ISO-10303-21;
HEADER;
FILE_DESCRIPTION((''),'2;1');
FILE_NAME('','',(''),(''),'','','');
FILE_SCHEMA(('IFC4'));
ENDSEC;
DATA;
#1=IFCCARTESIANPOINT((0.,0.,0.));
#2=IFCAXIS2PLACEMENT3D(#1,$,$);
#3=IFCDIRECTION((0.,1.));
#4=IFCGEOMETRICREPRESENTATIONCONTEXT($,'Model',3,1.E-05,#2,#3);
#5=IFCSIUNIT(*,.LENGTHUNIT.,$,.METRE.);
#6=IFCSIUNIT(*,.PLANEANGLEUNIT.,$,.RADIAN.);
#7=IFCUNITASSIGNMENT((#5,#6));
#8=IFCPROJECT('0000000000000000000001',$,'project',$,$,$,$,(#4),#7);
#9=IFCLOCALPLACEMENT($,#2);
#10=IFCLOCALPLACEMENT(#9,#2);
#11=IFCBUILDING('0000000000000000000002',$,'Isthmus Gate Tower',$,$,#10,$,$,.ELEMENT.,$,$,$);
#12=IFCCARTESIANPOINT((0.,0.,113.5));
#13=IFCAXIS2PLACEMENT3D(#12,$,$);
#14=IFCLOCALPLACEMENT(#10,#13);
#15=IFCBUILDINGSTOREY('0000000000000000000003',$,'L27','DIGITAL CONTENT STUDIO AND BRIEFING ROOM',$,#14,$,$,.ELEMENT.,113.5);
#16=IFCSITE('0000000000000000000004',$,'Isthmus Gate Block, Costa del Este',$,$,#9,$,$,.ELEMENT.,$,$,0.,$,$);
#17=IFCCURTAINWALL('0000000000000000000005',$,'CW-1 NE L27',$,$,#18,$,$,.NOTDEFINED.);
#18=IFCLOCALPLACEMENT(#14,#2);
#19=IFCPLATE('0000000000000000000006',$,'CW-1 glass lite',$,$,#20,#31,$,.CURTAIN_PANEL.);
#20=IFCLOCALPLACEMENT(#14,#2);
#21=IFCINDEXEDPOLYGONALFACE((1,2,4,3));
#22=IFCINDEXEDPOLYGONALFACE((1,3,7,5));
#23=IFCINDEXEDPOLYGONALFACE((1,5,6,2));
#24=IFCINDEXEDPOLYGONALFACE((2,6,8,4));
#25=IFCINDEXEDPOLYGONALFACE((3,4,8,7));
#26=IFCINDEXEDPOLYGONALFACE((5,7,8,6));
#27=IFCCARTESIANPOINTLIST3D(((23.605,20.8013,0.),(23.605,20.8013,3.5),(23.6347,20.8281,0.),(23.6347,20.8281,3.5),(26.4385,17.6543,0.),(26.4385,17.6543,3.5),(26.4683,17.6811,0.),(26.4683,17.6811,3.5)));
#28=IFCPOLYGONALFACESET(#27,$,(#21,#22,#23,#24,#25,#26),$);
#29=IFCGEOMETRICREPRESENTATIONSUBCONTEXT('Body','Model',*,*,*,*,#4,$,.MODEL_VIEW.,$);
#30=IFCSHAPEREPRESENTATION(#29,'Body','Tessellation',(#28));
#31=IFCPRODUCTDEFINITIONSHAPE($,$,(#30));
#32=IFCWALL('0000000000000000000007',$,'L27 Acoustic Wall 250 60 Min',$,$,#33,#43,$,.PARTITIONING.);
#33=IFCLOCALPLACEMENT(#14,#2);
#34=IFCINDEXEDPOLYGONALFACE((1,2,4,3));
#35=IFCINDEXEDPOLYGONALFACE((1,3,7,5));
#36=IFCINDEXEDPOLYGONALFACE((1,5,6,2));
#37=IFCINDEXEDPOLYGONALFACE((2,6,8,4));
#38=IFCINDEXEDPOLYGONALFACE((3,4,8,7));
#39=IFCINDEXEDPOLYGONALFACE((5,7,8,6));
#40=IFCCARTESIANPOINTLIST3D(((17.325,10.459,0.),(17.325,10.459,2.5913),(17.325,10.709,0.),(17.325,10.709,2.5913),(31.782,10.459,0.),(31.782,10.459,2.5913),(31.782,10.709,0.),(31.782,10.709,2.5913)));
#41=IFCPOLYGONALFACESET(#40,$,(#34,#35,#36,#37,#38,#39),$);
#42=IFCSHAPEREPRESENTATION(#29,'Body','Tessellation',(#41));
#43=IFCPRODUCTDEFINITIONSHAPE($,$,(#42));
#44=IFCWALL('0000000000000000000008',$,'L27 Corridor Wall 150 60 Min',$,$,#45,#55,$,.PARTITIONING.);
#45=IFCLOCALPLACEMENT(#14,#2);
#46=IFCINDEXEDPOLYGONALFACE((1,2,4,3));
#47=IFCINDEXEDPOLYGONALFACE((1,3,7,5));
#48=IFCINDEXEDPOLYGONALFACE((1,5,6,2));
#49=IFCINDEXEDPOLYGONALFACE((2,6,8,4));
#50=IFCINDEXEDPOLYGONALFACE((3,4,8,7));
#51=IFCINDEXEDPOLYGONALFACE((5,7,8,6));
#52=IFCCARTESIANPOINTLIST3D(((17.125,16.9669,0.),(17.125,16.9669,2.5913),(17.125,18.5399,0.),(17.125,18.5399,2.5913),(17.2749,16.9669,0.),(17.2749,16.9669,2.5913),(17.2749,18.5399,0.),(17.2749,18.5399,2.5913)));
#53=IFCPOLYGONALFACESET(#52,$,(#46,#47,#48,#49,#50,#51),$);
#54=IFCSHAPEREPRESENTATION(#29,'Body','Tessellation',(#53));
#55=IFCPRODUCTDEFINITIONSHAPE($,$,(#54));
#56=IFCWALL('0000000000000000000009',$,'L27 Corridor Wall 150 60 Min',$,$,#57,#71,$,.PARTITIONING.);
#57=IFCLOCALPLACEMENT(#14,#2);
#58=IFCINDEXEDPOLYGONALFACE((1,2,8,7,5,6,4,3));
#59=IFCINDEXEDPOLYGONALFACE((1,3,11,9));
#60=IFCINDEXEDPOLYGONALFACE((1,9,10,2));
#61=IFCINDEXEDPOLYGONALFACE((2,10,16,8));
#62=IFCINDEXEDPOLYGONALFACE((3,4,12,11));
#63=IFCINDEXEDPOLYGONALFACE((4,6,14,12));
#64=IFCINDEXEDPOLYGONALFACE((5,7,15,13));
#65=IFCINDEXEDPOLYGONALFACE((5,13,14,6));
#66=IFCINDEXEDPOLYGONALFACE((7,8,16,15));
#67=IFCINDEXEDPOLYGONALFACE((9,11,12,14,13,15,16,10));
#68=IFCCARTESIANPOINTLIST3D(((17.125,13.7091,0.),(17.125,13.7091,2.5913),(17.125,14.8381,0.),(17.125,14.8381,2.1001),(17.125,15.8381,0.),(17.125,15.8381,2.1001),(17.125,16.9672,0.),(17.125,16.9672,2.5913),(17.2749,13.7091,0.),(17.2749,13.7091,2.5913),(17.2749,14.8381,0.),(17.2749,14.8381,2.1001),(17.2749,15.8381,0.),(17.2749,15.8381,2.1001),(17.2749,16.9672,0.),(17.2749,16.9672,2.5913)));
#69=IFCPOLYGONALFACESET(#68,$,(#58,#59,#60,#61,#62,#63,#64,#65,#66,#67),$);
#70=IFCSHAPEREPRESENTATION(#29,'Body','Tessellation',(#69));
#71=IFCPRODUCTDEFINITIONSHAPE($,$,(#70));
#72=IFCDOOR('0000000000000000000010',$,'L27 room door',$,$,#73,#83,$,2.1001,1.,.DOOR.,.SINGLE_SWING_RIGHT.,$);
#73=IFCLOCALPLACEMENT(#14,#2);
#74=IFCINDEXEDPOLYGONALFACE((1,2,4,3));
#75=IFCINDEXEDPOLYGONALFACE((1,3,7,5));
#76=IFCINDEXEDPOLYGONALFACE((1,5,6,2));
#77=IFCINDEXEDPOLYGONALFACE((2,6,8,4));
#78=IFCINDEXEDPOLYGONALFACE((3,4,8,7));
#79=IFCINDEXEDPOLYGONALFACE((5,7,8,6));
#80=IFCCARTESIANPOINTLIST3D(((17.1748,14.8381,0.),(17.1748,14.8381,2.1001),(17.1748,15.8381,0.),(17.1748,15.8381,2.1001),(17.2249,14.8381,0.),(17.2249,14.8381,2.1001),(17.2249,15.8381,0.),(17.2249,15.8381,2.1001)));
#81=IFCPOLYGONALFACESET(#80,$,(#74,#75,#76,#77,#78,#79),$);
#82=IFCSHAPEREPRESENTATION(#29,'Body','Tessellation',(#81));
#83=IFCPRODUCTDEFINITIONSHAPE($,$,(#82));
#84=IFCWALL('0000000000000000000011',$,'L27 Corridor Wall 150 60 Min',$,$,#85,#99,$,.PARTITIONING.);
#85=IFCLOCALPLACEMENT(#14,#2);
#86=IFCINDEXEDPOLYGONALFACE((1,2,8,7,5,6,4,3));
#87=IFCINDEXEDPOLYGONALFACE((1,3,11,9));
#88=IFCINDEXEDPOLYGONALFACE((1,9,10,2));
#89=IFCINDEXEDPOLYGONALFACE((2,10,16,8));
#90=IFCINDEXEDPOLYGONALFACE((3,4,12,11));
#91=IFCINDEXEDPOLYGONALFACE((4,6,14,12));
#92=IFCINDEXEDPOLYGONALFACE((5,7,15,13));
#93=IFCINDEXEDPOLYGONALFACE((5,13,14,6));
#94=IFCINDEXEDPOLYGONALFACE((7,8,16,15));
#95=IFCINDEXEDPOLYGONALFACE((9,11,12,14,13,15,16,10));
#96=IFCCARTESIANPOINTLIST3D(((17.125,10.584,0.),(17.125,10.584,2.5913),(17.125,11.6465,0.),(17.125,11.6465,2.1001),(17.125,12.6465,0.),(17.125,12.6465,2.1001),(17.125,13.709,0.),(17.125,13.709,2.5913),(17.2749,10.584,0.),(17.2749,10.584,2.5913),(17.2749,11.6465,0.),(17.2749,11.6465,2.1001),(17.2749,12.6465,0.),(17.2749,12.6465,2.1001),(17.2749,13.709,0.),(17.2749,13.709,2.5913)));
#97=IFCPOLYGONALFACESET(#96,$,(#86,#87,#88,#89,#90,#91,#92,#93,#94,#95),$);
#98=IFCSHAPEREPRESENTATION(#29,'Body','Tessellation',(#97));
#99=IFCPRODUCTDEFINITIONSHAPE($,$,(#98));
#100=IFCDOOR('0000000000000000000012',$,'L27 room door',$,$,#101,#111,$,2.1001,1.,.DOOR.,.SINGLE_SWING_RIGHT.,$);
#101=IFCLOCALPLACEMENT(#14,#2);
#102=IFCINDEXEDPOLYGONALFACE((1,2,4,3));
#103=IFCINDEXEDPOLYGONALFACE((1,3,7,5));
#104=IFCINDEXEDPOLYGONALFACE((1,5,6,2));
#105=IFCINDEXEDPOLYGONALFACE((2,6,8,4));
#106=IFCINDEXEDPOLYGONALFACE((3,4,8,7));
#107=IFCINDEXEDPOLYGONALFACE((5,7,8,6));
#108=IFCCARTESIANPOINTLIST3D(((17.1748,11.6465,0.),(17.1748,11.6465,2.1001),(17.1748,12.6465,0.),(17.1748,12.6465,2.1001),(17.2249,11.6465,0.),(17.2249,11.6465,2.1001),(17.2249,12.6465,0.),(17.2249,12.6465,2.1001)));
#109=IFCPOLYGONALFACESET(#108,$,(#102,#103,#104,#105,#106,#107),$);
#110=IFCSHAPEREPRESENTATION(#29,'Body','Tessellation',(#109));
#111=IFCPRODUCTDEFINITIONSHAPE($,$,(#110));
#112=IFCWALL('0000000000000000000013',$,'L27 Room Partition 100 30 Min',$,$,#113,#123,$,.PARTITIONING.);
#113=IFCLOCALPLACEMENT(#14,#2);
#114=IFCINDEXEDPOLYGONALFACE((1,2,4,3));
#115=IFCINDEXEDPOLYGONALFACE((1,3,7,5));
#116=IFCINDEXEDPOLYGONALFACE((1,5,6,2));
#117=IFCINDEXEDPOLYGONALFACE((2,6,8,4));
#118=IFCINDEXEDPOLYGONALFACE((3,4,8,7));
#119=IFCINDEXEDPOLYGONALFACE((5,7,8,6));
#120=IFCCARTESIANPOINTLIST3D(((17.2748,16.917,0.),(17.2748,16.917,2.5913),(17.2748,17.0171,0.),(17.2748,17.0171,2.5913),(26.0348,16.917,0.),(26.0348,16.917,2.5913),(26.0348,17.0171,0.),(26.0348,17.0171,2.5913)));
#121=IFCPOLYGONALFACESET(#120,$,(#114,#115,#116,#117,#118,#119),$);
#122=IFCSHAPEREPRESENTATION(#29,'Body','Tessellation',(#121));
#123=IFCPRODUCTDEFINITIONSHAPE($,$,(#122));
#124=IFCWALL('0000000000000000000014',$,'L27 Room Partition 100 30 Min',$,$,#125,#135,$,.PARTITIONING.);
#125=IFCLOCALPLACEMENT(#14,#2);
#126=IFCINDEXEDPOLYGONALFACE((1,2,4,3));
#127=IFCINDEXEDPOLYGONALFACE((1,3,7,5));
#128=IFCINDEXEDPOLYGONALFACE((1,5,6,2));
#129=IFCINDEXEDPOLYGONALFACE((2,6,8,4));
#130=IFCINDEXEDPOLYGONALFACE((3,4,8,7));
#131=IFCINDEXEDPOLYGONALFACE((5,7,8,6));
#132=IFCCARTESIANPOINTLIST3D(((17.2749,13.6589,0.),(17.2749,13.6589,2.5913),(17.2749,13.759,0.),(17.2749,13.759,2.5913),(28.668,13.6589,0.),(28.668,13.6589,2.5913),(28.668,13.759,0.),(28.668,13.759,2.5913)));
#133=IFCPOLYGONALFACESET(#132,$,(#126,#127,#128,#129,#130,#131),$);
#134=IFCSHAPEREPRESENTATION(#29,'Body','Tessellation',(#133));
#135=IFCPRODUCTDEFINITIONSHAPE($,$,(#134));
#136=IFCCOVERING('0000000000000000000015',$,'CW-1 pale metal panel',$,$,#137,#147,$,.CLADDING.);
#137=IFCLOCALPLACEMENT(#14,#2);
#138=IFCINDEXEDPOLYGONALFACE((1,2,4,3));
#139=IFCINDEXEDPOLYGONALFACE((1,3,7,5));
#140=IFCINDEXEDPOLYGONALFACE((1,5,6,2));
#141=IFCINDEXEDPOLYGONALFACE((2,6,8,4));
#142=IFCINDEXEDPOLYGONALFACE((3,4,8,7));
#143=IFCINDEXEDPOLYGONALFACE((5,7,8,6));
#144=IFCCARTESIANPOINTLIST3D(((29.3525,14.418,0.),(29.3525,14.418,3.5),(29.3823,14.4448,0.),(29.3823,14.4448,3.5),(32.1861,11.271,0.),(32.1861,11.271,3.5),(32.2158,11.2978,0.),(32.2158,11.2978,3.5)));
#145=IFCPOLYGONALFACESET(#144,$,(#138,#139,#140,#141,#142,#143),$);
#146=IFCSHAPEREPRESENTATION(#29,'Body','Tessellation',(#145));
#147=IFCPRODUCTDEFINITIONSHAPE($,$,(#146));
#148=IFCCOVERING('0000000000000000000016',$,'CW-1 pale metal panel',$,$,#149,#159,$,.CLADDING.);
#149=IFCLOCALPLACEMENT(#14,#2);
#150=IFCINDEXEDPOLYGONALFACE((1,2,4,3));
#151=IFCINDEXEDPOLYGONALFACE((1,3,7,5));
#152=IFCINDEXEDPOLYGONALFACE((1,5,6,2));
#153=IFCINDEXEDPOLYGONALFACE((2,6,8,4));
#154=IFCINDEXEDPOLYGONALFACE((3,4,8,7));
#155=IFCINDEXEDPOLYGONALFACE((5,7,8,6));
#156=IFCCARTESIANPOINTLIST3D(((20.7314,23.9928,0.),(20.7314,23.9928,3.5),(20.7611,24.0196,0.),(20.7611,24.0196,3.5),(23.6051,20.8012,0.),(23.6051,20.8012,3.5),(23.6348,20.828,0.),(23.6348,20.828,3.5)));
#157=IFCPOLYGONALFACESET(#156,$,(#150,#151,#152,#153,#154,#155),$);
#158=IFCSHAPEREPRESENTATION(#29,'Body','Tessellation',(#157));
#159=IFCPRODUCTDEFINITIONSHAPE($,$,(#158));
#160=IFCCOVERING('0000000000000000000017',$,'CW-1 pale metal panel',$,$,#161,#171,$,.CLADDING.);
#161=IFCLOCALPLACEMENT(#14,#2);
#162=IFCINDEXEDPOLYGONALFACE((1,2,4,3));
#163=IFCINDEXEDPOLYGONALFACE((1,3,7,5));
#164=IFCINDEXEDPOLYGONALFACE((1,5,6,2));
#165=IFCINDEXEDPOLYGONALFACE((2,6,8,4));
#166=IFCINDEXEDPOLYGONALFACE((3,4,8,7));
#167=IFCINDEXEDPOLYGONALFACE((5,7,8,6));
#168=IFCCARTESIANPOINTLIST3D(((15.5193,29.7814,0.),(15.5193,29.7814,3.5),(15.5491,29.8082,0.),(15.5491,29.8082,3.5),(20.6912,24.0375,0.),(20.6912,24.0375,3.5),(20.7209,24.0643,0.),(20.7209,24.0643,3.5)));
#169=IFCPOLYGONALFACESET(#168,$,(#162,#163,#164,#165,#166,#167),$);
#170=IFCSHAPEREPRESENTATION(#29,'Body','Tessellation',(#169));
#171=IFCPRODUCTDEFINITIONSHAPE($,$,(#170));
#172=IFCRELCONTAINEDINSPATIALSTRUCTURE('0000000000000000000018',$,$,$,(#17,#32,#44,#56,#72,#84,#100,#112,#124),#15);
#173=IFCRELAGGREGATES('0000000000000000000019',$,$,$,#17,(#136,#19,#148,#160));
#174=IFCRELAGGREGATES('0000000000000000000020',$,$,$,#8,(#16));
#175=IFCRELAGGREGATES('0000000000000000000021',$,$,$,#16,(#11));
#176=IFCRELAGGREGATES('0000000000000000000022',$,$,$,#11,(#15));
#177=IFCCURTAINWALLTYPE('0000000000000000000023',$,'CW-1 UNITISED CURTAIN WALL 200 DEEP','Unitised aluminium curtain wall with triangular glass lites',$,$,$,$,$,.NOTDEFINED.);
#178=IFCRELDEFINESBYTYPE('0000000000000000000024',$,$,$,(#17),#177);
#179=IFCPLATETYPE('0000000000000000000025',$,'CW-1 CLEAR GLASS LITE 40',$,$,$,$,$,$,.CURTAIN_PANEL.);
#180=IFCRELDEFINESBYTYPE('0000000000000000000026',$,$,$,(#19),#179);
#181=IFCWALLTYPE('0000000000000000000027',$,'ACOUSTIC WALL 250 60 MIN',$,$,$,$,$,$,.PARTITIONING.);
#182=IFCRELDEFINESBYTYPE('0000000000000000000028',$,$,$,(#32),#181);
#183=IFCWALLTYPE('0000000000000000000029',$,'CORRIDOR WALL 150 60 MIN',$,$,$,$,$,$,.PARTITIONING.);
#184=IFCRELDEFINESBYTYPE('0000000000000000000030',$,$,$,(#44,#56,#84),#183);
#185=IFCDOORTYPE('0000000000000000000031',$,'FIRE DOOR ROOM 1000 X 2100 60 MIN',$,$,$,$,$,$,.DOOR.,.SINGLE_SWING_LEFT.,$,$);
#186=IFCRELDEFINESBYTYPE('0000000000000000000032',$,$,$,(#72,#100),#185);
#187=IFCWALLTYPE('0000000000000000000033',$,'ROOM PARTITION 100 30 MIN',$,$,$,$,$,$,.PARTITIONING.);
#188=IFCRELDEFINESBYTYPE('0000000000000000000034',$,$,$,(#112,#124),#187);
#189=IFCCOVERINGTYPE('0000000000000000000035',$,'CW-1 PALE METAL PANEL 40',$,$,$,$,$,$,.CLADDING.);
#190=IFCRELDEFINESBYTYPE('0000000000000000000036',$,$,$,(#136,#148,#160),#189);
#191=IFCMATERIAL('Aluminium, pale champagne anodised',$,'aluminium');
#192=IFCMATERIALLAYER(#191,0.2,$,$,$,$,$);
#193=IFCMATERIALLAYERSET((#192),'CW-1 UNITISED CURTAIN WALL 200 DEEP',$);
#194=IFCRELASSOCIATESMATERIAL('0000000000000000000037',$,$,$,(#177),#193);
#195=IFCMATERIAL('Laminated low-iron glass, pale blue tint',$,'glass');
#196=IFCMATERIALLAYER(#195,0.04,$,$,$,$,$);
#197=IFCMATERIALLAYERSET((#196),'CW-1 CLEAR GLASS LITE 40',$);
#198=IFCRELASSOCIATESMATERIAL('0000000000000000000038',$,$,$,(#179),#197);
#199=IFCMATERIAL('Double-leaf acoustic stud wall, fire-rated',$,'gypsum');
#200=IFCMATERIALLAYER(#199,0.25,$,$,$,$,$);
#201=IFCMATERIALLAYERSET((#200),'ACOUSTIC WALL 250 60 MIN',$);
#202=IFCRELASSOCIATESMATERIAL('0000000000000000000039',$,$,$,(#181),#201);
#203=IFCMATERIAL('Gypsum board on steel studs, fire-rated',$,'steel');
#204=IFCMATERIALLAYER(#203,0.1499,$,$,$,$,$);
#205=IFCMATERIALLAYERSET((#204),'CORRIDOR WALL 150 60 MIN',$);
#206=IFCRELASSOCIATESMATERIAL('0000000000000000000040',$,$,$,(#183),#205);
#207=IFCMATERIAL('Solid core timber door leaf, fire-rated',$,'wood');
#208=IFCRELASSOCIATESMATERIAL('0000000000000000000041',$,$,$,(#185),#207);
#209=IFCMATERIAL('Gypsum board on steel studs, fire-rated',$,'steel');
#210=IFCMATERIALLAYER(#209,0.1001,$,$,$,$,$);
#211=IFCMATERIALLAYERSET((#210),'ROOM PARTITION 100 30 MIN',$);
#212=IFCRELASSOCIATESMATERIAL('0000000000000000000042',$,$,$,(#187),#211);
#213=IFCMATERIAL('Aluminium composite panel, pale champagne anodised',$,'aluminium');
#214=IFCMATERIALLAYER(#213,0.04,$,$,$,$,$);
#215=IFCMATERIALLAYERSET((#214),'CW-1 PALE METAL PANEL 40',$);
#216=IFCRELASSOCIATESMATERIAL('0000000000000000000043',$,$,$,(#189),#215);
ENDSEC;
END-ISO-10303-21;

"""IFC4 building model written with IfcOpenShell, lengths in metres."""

from ifc_helpers import new_model, si_unit, direction, frame, frame_2d, origin, origin_2d, place, context, subcontext, project, spatial, rectangle, extrude, material, layer, layer_set, type_object, element, fill, aggregate, save


model = new_model("IFC4")

# Units and contexts
model_context = context("Model", 3, precision=1e-05, world=origin(), true_north=direction((0.0, 1.0)))
body_context = subcontext(model_context, "Body", "Model", "MODEL_VIEW")
ifc_project = project(units=[si_unit("LENGTHUNIT", "METRE"), si_unit("PLANEANGLEUNIT", "RADIAN")], contexts=[model_context])

# Site, building, storey
site_placement = place(None, origin())
site = spatial("IfcSite", under=ifc_project, at=site_placement, Name="Isthmus Gate Block, Costa del Este", CompositionType="ELEMENT", RefElevation=0.0)
building_placement = place(site_placement, origin())
building = spatial("IfcBuilding", under=site, at=building_placement, Name="Isthmus Gate Tower", CompositionType="ELEMENT")
storey_placement = place(building_placement, frame((0.0, 0.0, 113.5)))
storey = spatial("IfcBuildingStorey", under=building, at=storey_placement, Name="L27", Description="DIGITAL CONTENT STUDIO AND BRIEFING ROOM", CompositionType="ELEMENT", Elevation=113.5)

# Curtain wall
ifc_material_1 = material(Name="Aluminium, pale champagne anodised", Category="aluminium")
ifc_layer_1 = layer(ifc_material_1, 0.2)
ifc_layer_set_1 = layer_set([ifc_layer_1], Name="CW-1 UNITISED CURTAIN WALL 200 DEEP")
curtain_wall_type = type_object("IfcCurtainWallType", Name="CW-1 UNITISED CURTAIN WALL 200 DEEP", Description="Unitised aluminium curtain wall with triangular glass lites", PredefinedType="NOTDEFINED", material=ifc_layer_set_1)
curtain_wall_placement = place(storey_placement, origin())
curtain_wall = element("IfcCurtainWall", 1, at=curtain_wall_placement, inside=storey, type_object=curtain_wall_type, Name="CW-1 NE L27", PredefinedType="NOTDEFINED")

# Plate
ifc_material_2 = material(Name="Laminated low-iron glass, pale blue tint", Category="glass")
ifc_layer_2 = layer(ifc_material_2, 0.04)
ifc_layer_set_2 = layer_set([ifc_layer_2], Name="CW-1 CLEAR GLASS LITE 40")
plate_type = type_object("IfcPlateType", Name="CW-1 CLEAR GLASS LITE 40", PredefinedType="CURTAIN_PANEL", material=ifc_layer_set_2)
plate_1_placement = place(storey_placement, frame((25.0366, 19.2412, 0.0), z_axis=(0.0, 0.0, 1.0), x_axis=(-0.669131, 0.743145, 0.0)))
plate_1 = element("IfcPlate", 2, at=plate_1_placement, type_object=plate_type, Name="CW-1 glass lite", PredefinedType="CURTAIN_PANEL", context=body_context, shape_type="SweptSolid", body=[
    extrude(rectangle(XDim=4.2346, YDim=0.04, at=origin_2d()), origin(), (0.0, 0.0, 1.0), 3.5),
])

# Walls
ifc_material_3 = material(Name="Double-leaf acoustic stud wall, fire-rated", Category="gypsum")
ifc_layer_3 = layer(ifc_material_3, 0.25)
ifc_layer_set_3 = layer_set([ifc_layer_3], Name="ACOUSTIC WALL 250 60 MIN")
wall_type_1 = type_object("IfcWallType", Name="ACOUSTIC WALL 250 60 MIN", PredefinedType="PARTITIONING", material=ifc_layer_set_3)
wall_1_placement = place(storey_placement, frame((17.325, 10.584, 0.0), z_axis=(0.0, 0.0, 1.0), x_axis=(1.0, 0.0, 0.0)))
element("IfcWall", 3, at=wall_1_placement, inside=storey, type_object=wall_type_1, Name="L27 Acoustic Wall 250 60 Min", PredefinedType="PARTITIONING", context=body_context, shape_type="SweptSolid", body=[
    extrude(rectangle(XDim=14.457, YDim=0.25, at=frame_2d((7.2285, 0.0))), origin(), (0.0, 0.0, 1.0), 2.5913),
])
ifc_material_4 = material(Name="Gypsum board on steel studs, fire-rated", Category="steel")
ifc_layer_4 = layer(ifc_material_4, 0.1499)
ifc_layer_set_4 = layer_set([ifc_layer_4], Name="CORRIDOR WALL 150 60 MIN")
wall_type_2 = type_object("IfcWallType", Name="CORRIDOR WALL 150 60 MIN", PredefinedType="PARTITIONING", material=ifc_layer_set_4)
wall_2_placement = place(storey_placement, frame((17.2, 18.54, 0.0), z_axis=(0.0, 0.0, 1.0), x_axis=(0.0, -1.0, 0.0)))
element("IfcWall", 4, at=wall_2_placement, inside=storey, type_object=wall_type_2, Name="L27 Corridor Wall 150 60 Min", PredefinedType="PARTITIONING", context=body_context, shape_type="SweptSolid", body=[
    extrude(rectangle(XDim=1.573, YDim=0.1499, at=frame_2d((0.7866, 0.0))), origin(), (0.0, 0.0, 1.0), 2.5913),
])

# Walls, openings, doors
wall_3_placement = place(storey_placement, frame((17.2, 16.967, 0.0), z_axis=(0.0, 0.0, 1.0), x_axis=(0.0, -1.0, 0.0)))
wall_3 = element("IfcWall", 5, at=wall_3_placement, inside=storey, type_object=wall_type_2, Name="L27 Corridor Wall 150 60 Min", PredefinedType="PARTITIONING", context=body_context, shape_type="SweptSolid", body=[
    extrude(rectangle(XDim=3.2581, YDim=0.1499, at=frame_2d((1.6289, 0.0))), origin(), (0.0, 0.0, 1.0), 2.5913),
])
opening_1_placement = place(wall_3_placement, frame((1.1289, 0.0, 0.0)))
opening_1 = element("IfcOpeningElement", 6, at=opening_1_placement, cuts=wall_3, PredefinedType="OPENING", context=body_context, shape_type="SweptSolid", body=[
    extrude(rectangle(XDim=1.0, YDim=2.1001, at=frame_2d((0.5, 1.05))), frame((0.0, 0.085, 0.0), z_axis=(0.0, -1.0, 0.0), x_axis=(1.0, 0.0, 0.0)), (0.0, 0.0, 1.0), 0.1699),
])
ifc_material_5 = material(Name="Solid core timber door leaf, fire-rated", Category="wood")
door_type = type_object("IfcDoorType", Name="FIRE DOOR ROOM 1000 X 2100 60 MIN", OperationType="SINGLE_SWING_LEFT", PredefinedType="DOOR", material=ifc_material_5)
door_1_placement = place(opening_1_placement, origin())
door_1 = element("IfcDoor", 7, at=door_1_placement, inside=storey, type_object=door_type, Name="L27 room door", OperationType="SINGLE_SWING_RIGHT", OverallHeight=2.1001, OverallWidth=1.0, PredefinedType="DOOR", context=body_context, shape_type="SweptSolid", body=[
    extrude(rectangle(XDim=1.0, YDim=2.1001, at=frame_2d((0.5, 1.05))), frame((0.0, 0.0249, 0.0), z_axis=(0.0, -1.0, 0.0), x_axis=(1.0, 0.0, 0.0)), (0.0, 0.0, 1.0), 0.05),
])
fill(opening_1, door_1)
wall_4_placement = place(storey_placement, frame((17.2, 13.709, 0.0), z_axis=(0.0, 0.0, 1.0), x_axis=(0.0, -1.0, 0.0)))
wall_4 = element("IfcWall", 8, at=wall_4_placement, inside=storey, type_object=wall_type_2, Name="L27 Corridor Wall 150 60 Min", PredefinedType="PARTITIONING", context=body_context, shape_type="SweptSolid", body=[
    extrude(rectangle(XDim=3.125, YDim=0.1499, at=frame_2d((1.5625, 0.0))), origin(), (0.0, 0.0, 1.0), 2.5913),
])
opening_2_placement = place(wall_4_placement, frame((1.0625, 0.0, 0.0)))
opening_2 = element("IfcOpeningElement", 9, at=opening_2_placement, cuts=wall_4, PredefinedType="OPENING", context=body_context, shape_type="SweptSolid", body=[
    extrude(rectangle(XDim=1.0, YDim=2.1001, at=frame_2d((0.5, 1.05))), frame((0.0, 0.085, 0.0), z_axis=(0.0, -1.0, 0.0), x_axis=(1.0, 0.0, 0.0)), (0.0, 0.0, 1.0), 0.1699),
])
door_2_placement = place(opening_2_placement, origin())
door_2 = element("IfcDoor", 10, at=door_2_placement, inside=storey, type_object=door_type, Name="L27 room door", OperationType="SINGLE_SWING_RIGHT", OverallHeight=2.1001, OverallWidth=1.0, PredefinedType="DOOR", context=body_context, shape_type="SweptSolid", body=[
    extrude(rectangle(XDim=1.0, YDim=2.1001, at=frame_2d((0.5, 1.05))), frame((0.0, 0.0249, 0.0), z_axis=(0.0, -1.0, 0.0), x_axis=(1.0, 0.0, 0.0)), (0.0, 0.0, 1.0), 0.05),
])
fill(opening_2, door_2)

# Walls
ifc_material_6 = material(Name="Gypsum board on steel studs, fire-rated", Category="steel")
ifc_layer_5 = layer(ifc_material_6, 0.1001)
ifc_layer_set_5 = layer_set([ifc_layer_5], Name="ROOM PARTITION 100 30 MIN")
wall_type_3 = type_object("IfcWallType", Name="ROOM PARTITION 100 30 MIN", PredefinedType="PARTITIONING", material=ifc_layer_set_5)
wall_5_placement = place(storey_placement, frame((17.2749, 16.967, 0.0), z_axis=(0.0, 0.0, 1.0), x_axis=(1.0, 0.0, 0.0)))
element("IfcWall", 11, at=wall_5_placement, inside=storey, type_object=wall_type_3, Name="L27 Room Partition 100 30 Min", PredefinedType="PARTITIONING", context=body_context, shape_type="SweptSolid", body=[
    extrude(rectangle(XDim=8.76, YDim=0.1001, at=frame_2d((4.3799, 0.0))), origin(), (0.0, 0.0, 1.0), 2.5913),
])
wall_6_placement = place(storey_placement, frame((17.2749, 13.709, 0.0), z_axis=(0.0, 0.0, 1.0), x_axis=(1.0, 0.0, 0.0)))
element("IfcWall", 12, at=wall_6_placement, inside=storey, type_object=wall_type_3, Name="L27 Room Partition 100 30 Min", PredefinedType="PARTITIONING", context=body_context, shape_type="SweptSolid", body=[
    extrude(rectangle(XDim=11.3931, YDim=0.1001, at=frame_2d((5.6965, 0.0))), origin(), (0.0, 0.0, 1.0), 2.5913),
])

# Coverings
ifc_material_7 = material(Name="Aluminium composite panel, pale champagne anodised", Category="aluminium")
ifc_layer_6 = layer(ifc_material_7, 0.04)
ifc_layer_set_6 = layer_set([ifc_layer_6], Name="CW-1 PALE METAL PANEL 40")
covering_type = type_object("IfcCoveringType", Name="CW-1 PALE METAL PANEL 40", PredefinedType="CLADDING", material=ifc_layer_set_6)
covering_1_placement = place(storey_placement, frame((30.7842, 12.8579, 0.0), z_axis=(0.0, 0.0, 1.0), x_axis=(-0.669131, 0.743145, 0.0)))
covering_1 = element("IfcCovering", 13, at=covering_1_placement, type_object=covering_type, Name="CW-1 pale metal panel", PredefinedType="CLADDING", context=body_context, shape_type="SweptSolid", body=[
    extrude(rectangle(XDim=4.2346, YDim=0.04, at=origin_2d()), origin(), (0.0, 0.0, 1.0), 3.5),
])
covering_2_placement = place(storey_placement, frame((22.1831, 22.4104, 0.0), z_axis=(0.0, 0.0, 1.0), x_axis=(-0.669131, 0.743145, 0.0)))
covering_2 = element("IfcCovering", 14, at=covering_2_placement, type_object=covering_type, Name="CW-1 pale metal panel", PredefinedType="CLADDING", context=body_context, shape_type="SweptSolid", body=[
    extrude(rectangle(XDim=4.2947, YDim=0.04, at=origin_2d()), origin(), (0.0, 0.0, 1.0), 3.5),
])
covering_3_placement = place(storey_placement, frame((18.1201, 26.9229, 0.0), z_axis=(0.0, 0.0, 1.0), x_axis=(-0.669131, 0.743145, 0.0)))
covering_3 = element("IfcCovering", 15, at=covering_3_placement, type_object=covering_type, Name="CW-1 pale metal panel", PredefinedType="CLADDING", context=body_context, shape_type="SweptSolid", body=[
    extrude(rectangle(XDim=7.7292, YDim=0.04, at=origin_2d()), origin(), (0.0, 0.0, 1.0), 3.5),
])
aggregate(curtain_wall, [covering_1, plate_1, covering_2, covering_3])

save(model, "model.ifc")
